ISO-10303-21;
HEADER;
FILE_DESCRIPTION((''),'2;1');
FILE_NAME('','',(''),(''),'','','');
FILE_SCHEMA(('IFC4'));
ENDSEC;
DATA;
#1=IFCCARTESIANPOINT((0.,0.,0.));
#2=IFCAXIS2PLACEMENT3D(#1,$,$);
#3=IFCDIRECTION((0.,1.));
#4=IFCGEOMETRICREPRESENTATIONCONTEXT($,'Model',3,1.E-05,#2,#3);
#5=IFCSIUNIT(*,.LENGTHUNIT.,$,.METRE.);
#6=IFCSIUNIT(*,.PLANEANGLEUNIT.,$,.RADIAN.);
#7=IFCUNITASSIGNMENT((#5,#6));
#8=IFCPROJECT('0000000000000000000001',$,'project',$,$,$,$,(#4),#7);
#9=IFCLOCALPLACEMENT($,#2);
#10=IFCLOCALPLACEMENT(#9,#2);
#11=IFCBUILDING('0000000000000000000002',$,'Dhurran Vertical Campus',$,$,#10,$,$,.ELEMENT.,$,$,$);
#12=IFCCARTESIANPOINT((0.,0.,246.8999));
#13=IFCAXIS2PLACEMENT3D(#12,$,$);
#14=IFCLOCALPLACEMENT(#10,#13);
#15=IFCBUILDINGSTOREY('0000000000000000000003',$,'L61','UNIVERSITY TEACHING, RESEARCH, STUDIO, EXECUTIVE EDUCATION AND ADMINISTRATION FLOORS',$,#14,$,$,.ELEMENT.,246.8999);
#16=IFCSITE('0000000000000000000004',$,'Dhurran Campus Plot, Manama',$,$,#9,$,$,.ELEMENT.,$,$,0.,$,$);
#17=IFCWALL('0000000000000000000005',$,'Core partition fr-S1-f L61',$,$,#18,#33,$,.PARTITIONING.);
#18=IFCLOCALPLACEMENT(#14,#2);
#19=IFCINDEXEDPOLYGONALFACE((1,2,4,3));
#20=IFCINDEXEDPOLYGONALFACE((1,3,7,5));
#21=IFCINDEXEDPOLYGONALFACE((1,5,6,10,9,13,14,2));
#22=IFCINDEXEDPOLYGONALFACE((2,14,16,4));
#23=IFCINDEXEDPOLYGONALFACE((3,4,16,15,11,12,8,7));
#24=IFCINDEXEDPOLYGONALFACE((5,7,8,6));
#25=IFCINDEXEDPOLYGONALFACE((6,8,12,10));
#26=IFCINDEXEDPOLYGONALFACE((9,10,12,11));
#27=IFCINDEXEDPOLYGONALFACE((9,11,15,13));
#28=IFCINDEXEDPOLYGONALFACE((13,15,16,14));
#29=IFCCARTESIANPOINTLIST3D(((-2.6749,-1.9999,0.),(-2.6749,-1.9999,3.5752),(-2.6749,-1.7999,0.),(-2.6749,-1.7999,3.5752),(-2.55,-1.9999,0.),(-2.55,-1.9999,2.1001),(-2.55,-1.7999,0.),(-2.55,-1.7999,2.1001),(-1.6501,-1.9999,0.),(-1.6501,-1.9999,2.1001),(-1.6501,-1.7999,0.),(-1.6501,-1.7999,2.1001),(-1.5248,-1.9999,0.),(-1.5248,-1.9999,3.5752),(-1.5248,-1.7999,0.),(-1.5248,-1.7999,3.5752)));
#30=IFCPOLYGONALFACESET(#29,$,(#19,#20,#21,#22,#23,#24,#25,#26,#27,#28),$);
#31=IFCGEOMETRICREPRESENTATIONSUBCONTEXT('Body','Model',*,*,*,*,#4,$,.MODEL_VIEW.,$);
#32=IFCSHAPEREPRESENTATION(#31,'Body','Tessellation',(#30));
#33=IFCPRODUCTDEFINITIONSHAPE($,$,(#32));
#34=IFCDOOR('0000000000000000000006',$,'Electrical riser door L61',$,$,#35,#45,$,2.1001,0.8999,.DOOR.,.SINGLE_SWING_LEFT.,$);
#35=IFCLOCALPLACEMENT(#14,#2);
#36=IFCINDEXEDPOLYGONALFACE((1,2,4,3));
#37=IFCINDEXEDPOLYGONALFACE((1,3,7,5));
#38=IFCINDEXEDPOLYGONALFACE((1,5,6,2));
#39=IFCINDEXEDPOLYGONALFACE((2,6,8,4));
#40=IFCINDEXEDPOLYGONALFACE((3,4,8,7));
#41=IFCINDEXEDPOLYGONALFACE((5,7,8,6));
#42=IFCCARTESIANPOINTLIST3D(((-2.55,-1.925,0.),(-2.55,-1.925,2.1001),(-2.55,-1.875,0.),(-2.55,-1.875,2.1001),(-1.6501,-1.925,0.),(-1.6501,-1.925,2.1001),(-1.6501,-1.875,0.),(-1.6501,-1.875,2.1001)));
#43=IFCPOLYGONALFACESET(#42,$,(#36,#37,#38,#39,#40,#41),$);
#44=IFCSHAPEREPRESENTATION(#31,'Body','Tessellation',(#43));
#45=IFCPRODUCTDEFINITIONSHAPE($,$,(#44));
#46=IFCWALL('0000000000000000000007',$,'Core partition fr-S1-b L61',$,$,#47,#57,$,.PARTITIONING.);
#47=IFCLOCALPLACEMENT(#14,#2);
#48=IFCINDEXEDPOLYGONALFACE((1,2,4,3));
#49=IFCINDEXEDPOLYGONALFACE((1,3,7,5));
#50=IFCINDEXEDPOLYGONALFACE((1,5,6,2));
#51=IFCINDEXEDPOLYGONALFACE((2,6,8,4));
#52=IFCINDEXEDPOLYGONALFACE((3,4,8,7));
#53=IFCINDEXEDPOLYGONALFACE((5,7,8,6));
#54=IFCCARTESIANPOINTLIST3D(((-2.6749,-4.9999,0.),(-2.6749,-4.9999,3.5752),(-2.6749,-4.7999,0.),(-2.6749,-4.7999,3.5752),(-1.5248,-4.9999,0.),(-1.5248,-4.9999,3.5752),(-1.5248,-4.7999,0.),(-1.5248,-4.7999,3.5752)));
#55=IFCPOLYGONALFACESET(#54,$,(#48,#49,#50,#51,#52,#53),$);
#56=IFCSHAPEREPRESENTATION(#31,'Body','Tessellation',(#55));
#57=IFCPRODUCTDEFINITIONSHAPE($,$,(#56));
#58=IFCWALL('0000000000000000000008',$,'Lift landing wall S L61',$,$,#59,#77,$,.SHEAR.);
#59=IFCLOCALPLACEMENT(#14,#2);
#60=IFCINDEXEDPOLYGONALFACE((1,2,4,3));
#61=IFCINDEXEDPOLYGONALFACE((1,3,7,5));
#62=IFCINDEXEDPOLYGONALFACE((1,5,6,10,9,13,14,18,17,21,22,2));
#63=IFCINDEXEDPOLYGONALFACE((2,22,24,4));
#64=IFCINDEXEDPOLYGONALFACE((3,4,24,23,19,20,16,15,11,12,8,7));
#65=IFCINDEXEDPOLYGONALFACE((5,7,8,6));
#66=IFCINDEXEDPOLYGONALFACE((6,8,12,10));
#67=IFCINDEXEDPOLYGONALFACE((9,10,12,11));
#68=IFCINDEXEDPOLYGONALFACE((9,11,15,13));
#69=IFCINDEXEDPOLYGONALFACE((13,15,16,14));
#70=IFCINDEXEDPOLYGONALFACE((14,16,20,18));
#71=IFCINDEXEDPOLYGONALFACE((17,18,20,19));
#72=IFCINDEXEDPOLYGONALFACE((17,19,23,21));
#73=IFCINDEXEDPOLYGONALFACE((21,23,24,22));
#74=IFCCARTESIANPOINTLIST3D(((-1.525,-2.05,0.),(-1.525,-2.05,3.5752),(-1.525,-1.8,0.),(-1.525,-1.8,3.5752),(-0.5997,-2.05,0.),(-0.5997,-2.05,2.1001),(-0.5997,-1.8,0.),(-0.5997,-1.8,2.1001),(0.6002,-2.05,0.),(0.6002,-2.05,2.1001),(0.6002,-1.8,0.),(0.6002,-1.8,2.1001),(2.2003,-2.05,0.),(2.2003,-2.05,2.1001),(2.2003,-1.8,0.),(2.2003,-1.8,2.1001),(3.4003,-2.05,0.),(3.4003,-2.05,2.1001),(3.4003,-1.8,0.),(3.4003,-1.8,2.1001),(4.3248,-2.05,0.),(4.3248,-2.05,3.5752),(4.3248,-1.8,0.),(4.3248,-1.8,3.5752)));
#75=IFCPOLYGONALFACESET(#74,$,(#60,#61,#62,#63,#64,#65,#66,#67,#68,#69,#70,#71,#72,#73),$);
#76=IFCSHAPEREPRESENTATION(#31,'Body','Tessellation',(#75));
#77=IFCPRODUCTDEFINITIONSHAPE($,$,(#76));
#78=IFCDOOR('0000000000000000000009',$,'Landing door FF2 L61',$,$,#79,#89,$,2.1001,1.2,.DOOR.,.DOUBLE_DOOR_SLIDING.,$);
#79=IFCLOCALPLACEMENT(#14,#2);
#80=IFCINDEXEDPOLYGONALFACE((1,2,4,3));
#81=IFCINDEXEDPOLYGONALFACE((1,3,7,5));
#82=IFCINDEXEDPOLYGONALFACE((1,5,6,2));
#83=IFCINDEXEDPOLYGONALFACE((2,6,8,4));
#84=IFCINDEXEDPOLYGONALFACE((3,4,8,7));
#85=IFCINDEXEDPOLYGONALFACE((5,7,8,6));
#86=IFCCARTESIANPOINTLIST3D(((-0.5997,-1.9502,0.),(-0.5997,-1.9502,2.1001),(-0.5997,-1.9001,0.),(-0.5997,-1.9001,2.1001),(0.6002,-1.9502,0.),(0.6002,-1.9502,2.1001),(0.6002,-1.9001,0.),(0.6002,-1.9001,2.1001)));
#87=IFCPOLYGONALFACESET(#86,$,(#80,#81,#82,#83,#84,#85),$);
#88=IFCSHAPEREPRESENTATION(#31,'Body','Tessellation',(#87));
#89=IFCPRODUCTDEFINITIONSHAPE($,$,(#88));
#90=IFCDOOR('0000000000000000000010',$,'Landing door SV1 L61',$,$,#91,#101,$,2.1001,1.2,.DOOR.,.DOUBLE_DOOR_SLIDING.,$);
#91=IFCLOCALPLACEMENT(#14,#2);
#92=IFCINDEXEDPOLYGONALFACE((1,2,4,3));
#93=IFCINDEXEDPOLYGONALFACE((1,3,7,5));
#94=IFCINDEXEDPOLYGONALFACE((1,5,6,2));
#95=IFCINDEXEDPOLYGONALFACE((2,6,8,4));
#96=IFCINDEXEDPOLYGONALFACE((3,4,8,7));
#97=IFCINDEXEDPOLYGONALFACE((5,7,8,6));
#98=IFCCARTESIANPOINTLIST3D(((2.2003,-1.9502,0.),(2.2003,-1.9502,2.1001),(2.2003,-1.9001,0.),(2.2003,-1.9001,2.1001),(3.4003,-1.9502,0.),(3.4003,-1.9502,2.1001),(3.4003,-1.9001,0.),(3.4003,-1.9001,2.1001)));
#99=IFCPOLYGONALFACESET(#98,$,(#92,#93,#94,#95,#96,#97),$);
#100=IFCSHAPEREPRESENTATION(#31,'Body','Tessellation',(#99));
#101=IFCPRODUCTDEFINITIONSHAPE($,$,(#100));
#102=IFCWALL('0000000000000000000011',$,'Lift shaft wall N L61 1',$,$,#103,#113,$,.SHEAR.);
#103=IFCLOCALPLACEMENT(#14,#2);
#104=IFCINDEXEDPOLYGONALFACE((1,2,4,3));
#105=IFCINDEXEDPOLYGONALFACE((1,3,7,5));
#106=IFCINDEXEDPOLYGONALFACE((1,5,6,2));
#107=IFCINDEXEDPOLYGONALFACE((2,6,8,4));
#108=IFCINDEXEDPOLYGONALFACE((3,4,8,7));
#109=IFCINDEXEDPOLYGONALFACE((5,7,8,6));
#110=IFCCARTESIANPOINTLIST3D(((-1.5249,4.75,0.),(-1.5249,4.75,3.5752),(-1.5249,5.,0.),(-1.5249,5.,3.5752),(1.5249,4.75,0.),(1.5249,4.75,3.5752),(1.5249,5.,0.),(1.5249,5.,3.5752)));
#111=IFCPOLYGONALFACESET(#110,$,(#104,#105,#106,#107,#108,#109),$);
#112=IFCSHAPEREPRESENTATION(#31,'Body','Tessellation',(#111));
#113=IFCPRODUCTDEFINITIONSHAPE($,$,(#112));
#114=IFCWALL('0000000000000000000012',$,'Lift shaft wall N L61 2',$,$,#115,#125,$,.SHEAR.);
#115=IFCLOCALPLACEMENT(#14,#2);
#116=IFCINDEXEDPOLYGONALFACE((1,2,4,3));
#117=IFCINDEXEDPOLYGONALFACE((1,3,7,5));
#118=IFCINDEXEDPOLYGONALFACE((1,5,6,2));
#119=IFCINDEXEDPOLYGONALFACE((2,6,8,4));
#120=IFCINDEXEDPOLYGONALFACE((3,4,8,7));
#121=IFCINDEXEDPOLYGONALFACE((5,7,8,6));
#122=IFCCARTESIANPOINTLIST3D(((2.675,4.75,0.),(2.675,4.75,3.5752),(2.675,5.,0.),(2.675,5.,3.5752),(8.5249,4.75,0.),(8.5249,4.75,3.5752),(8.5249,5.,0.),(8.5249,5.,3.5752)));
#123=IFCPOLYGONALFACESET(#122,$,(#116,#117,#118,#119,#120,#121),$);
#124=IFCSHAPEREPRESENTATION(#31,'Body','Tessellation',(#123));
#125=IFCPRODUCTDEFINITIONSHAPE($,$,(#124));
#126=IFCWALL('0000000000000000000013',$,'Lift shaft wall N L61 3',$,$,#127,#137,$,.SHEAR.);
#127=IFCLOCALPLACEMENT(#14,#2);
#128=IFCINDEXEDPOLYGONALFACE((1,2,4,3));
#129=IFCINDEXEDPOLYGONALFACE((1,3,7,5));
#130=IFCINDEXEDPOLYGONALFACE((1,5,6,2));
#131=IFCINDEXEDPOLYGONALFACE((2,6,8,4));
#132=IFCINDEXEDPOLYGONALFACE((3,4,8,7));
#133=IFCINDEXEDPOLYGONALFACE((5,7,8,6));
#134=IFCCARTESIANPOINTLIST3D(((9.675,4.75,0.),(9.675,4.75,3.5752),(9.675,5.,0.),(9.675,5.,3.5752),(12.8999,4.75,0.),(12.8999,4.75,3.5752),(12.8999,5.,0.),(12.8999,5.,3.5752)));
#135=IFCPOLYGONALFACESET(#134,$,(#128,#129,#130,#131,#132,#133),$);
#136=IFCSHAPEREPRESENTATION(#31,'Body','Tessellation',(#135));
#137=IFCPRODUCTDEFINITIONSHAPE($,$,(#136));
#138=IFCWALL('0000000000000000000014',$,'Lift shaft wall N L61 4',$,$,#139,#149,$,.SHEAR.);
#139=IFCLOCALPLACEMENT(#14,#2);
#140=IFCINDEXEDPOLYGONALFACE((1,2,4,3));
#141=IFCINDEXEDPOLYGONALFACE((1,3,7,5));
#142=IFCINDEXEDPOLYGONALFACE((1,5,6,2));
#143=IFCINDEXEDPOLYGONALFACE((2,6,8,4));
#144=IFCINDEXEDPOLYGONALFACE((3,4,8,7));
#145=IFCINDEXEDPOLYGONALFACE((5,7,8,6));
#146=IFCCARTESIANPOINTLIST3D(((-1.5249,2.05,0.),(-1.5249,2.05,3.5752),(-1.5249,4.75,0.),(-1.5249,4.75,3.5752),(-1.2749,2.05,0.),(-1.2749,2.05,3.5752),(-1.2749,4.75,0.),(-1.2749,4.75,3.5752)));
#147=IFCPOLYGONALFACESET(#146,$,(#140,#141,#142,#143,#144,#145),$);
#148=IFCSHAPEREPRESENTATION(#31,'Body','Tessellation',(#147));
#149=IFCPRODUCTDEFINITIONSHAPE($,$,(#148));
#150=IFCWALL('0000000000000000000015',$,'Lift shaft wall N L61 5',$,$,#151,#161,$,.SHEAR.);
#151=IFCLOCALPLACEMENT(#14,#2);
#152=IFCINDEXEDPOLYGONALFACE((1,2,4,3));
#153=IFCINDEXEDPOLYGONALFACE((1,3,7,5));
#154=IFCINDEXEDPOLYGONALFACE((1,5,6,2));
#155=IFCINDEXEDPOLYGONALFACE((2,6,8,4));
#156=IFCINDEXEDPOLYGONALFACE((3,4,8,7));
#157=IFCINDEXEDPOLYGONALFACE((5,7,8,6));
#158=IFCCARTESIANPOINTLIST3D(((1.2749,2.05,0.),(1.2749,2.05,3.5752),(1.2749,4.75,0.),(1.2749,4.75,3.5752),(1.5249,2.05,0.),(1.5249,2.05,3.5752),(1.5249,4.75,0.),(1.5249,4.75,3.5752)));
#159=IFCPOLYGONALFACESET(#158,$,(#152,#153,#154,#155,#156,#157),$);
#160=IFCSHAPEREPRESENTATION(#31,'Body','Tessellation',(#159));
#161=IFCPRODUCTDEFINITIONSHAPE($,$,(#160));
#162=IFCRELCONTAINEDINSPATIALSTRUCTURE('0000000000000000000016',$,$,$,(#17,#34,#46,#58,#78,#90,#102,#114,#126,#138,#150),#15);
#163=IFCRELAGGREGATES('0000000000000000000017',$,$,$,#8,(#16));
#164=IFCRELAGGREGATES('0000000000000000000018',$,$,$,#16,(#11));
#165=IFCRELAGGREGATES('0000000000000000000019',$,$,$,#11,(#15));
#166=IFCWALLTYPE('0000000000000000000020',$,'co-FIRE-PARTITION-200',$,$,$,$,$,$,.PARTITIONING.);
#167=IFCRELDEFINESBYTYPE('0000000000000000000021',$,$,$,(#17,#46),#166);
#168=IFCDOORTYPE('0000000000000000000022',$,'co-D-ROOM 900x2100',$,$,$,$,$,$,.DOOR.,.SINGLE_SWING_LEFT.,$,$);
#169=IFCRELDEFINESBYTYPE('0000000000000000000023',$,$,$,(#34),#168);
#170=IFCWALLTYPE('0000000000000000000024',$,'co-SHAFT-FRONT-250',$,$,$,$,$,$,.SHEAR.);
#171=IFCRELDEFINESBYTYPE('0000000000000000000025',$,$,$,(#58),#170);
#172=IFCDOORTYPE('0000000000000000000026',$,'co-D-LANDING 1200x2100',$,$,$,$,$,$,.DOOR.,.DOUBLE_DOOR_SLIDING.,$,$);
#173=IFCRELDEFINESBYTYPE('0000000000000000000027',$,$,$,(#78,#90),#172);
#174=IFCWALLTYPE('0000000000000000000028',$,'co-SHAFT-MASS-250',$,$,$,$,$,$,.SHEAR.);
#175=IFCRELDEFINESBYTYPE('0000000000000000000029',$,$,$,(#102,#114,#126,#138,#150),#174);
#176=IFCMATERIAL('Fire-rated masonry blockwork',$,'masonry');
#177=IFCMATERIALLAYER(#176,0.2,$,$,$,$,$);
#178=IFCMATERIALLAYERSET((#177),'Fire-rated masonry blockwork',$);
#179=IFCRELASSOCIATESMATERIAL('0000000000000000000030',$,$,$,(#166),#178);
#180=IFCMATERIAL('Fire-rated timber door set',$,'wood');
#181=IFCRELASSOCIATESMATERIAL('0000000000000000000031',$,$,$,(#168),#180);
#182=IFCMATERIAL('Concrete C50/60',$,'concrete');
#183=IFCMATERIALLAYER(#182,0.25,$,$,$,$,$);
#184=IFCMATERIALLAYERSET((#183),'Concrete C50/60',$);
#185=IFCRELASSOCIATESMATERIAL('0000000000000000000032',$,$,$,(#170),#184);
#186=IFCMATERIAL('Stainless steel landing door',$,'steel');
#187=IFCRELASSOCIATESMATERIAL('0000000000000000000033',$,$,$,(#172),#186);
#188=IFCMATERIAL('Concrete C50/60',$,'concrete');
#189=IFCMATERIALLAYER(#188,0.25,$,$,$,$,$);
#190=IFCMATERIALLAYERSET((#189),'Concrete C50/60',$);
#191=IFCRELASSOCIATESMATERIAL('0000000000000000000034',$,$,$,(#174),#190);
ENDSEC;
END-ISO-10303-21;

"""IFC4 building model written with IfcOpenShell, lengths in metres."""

from ifc_helpers import new_model, si_unit, direction, frame, frame_2d, origin, place, context, subcontext, project, spatial, polyline, rectangle, outline, extrude, material, layer, layer_set, type_object, element, fill, save


model = new_model("IFC4")

# Units and contexts
model_context = context("Model", 3, precision=1e-05, world=origin(), true_north=direction((0.0, 1.0)))
body_context = subcontext(model_context, "Body", "Model", "MODEL_VIEW")
ifc_project = project(units=[si_unit("LENGTHUNIT", "METRE"), si_unit("PLANEANGLEUNIT", "RADIAN")], contexts=[model_context])

# Site, building, storey
site_placement = place(None, origin())
site = spatial("IfcSite", under=ifc_project, at=site_placement, Name="Dhurran Campus Plot, Manama", CompositionType="ELEMENT", RefElevation=0.0)
building_placement = place(site_placement, origin())
building = spatial("IfcBuilding", under=site, at=building_placement, Name="Dhurran Vertical Campus", CompositionType="ELEMENT")
storey_placement = place(building_placement, frame((0.0, 0.0, 246.8999)))
storey = spatial("IfcBuildingStorey", under=building, at=storey_placement, Name="L61", Description="UNIVERSITY TEACHING, RESEARCH, STUDIO, EXECUTIVE EDUCATION AND ADMINISTRATION FLOORS", CompositionType="ELEMENT", Elevation=246.8999)

# Shared definitions
ifc_material_1 = material(Name="Fire-rated masonry blockwork", Category="masonry")
ifc_layer_1 = layer(ifc_material_1, 0.2)
ifc_layer_set_1 = layer_set([ifc_layer_1], Name="Fire-rated masonry blockwork")
wall_type_1 = type_object("IfcWallType", Name="co-FIRE-PARTITION-200", PredefinedType="PARTITIONING", material=ifc_layer_set_1)

# Wall, opening, door
wall_1_placement = place(storey_placement, frame((-2.675, -1.8999, 0.0), z_axis=(0.0, 0.0, 1.0), x_axis=(1.0, 0.0, 0.0)))
wall_1 = element("IfcWall", 1, at=wall_1_placement, inside=storey, type_object=wall_type_1, Name="Core partition fr-S1-f L61", PredefinedType="PARTITIONING", context=body_context, shape_type="SweptSolid", body=[
    extrude(rectangle(XDim=1.1501, YDim=0.2, at=frame_2d((0.5752, 0.0))), origin(), (0.0, 0.0, 1.0), 3.5752),
])
opening_1_placement = place(wall_1_placement, frame((0.125, 0.0, 0.0)))
opening_1 = element("IfcOpeningElement", 2, at=opening_1_placement, cuts=wall_1, PredefinedType="OPENING", context=body_context, shape_type="SweptSolid", body=[
    extrude(rectangle(XDim=0.8999, YDim=2.1001, at=frame_2d((0.45, 1.05))), frame((0.0, 0.1099, 0.0), z_axis=(0.0, -1.0, 0.0), x_axis=(1.0, 0.0, 0.0)), (0.0, 0.0, 1.0), 0.22),
])
ifc_material_2 = material(Name="Fire-rated timber door set", Category="wood")
door_type_1 = type_object("IfcDoorType", Name="co-D-ROOM 900x2100", OperationType="SINGLE_SWING_LEFT", PredefinedType="DOOR", material=ifc_material_2)
door_1_placement = place(opening_1_placement, origin())
door_1 = element("IfcDoor", 3, at=door_1_placement, inside=storey, type_object=door_type_1, Name="Electrical riser door L61", OperationType="SINGLE_SWING_LEFT", OverallHeight=2.1001, OverallWidth=0.8999, PredefinedType="DOOR", context=body_context, shape_type="SweptSolid", body=[
    extrude(rectangle(XDim=0.8999, YDim=2.1001, at=frame_2d((0.45, 1.05))), frame((0.0, 0.0249, 0.0), z_axis=(0.0, -1.0, 0.0), x_axis=(1.0, 0.0, 0.0)), (0.0, 0.0, 1.0), 0.05),
])
fill(opening_1, door_1)

# Wall
wall_2_placement = place(storey_placement, frame((-2.675, -4.8999, 0.0), z_axis=(0.0, 0.0, 1.0), x_axis=(1.0, 0.0, 0.0)))
element("IfcWall", 4, at=wall_2_placement, inside=storey, type_object=wall_type_1, Name="Core partition fr-S1-b L61", PredefinedType="PARTITIONING", context=body_context, shape_type="SweptSolid", body=[
    extrude(rectangle(XDim=1.1501, YDim=0.2, at=frame_2d((0.5752, 0.0))), origin(), (0.0, 0.0, 1.0), 3.5752),
])

# Wall, openings, doors
ifc_material_3 = material(Name="Concrete C50/60", Category="concrete")
ifc_layer_2 = layer(ifc_material_3, 0.25)
ifc_layer_set_2 = layer_set([ifc_layer_2], Name="Concrete C50/60")
wall_type_2 = type_object("IfcWallType", Name="co-SHAFT-FRONT-250", PredefinedType="SHEAR", material=ifc_layer_set_2)
wall_3_placement = place(storey_placement, frame((-1.5249, -1.925, 0.0), z_axis=(0.0, 0.0, 1.0), x_axis=(1.0, 0.0, 0.0)))
wall_3 = element("IfcWall", 5, at=wall_3_placement, inside=storey, type_object=wall_type_2, Name="Lift landing wall S L61", PredefinedType="SHEAR", context=body_context, shape_type="SweptSolid", body=[
    extrude(rectangle(XDim=5.8499, YDim=0.25, at=frame_2d((2.9248, 0.0))), origin(), (0.0, 0.0, 1.0), 3.5752),
])
opening_2_placement = place(wall_3_placement, frame((0.925, 0.0, 0.0)))
opening_2 = element("IfcOpeningElement", 6, at=opening_2_placement, cuts=wall_3, PredefinedType="OPENING", context=body_context, shape_type="SweptSolid", body=[
    extrude(rectangle(XDim=1.2, YDim=2.1001, at=frame_2d((0.6001, 1.05))), frame((0.0, 0.135, 0.0), z_axis=(0.0, -1.0, 0.0), x_axis=(1.0, 0.0, 0.0)), (0.0, 0.0, 1.0), 0.27),
])
opening_3_placement = place(wall_3_placement, frame((3.7251, 0.0, 0.0)))
opening_3 = element("IfcOpeningElement", 7, at=opening_3_placement, cuts=wall_3, PredefinedType="OPENING", context=body_context, shape_type="SweptSolid", body=[
    extrude(rectangle(XDim=1.2, YDim=2.1001, at=frame_2d((0.6001, 1.05))), frame((0.0, 0.135, 0.0), z_axis=(0.0, -1.0, 0.0), x_axis=(1.0, 0.0, 0.0)), (0.0, 0.0, 1.0), 0.27),
])
ifc_material_4 = material(Name="Stainless steel landing door", Category="steel")
door_type_2 = type_object("IfcDoorType", Name="co-D-LANDING 1200x2100", OperationType="DOUBLE_DOOR_SLIDING", PredefinedType="DOOR", material=ifc_material_4)
door_2_placement = place(opening_2_placement, origin())
door_2 = element("IfcDoor", 8, at=door_2_placement, inside=storey, type_object=door_type_2, Name="Landing door FF2 L61", OperationType="DOUBLE_DOOR_SLIDING", OverallHeight=2.1001, OverallWidth=1.2, PredefinedType="DOOR", context=body_context, shape_type="SweptSolid", body=[
    extrude(rectangle(XDim=1.2, YDim=2.1001, at=frame_2d((0.6001, 1.05))), frame((0.0, 0.0249, 0.0), z_axis=(0.0, -1.0, 0.0), x_axis=(1.0, 0.0, 0.0)), (0.0, 0.0, 1.0), 0.05),
])
fill(opening_2, door_2)
door_3_placement = place(opening_3_placement, origin())
door_3 = element("IfcDoor", 9, at=door_3_placement, inside=storey, type_object=door_type_2, Name="Landing door SV1 L61", OperationType="DOUBLE_DOOR_SLIDING", OverallHeight=2.1001, OverallWidth=1.2, PredefinedType="DOOR", context=body_context, shape_type="SweptSolid", body=[
    extrude(rectangle(XDim=1.2, YDim=2.1001, at=frame_2d((0.6001, 1.05))), frame((0.0, 0.0249, 0.0), z_axis=(0.0, -1.0, 0.0), x_axis=(1.0, 0.0, 0.0)), (0.0, 0.0, 1.0), 0.05),
])
fill(opening_3, door_3)

# Walls
ifc_material_5 = material(Name="Concrete C50/60", Category="concrete")
ifc_layer_3 = layer(ifc_material_5, 0.25)
ifc_layer_set_3 = layer_set([ifc_layer_3], Name="Concrete C50/60")
wall_type_3 = type_object("IfcWallType", Name="co-SHAFT-MASS-250", PredefinedType="SHEAR", material=ifc_layer_set_3)
wall_4_placement = place(storey_placement, origin())
element("IfcWall", 10, at=wall_4_placement, inside=storey, type_object=wall_type_3, Name="Lift shaft wall N L61 1", PredefinedType="SHEAR", context=body_context, shape_type="SweptSolid", body=[
    extrude(outline(polyline([(-1.5249, 4.75), (1.5249, 4.75), (1.5249, 5.0), (-1.5249, 5.0), (-1.5249, 4.75)])), origin(), (0.0, 0.0, 1.0), 3.5752),
])
wall_5_placement = place(storey_placement, origin())
element("IfcWall", 11, at=wall_5_placement, inside=storey, type_object=wall_type_3, Name="Lift shaft wall N L61 2", PredefinedType="SHEAR", context=body_context, shape_type="SweptSolid", body=[
    extrude(outline(polyline([(2.675, 4.75), (8.5249, 4.75), (8.5249, 5.0), (2.675, 5.0), (2.675, 4.75)])), origin(), (0.0, 0.0, 1.0), 3.5752),
])
wall_6_placement = place(storey_placement, origin())
element("IfcWall", 12, at=wall_6_placement, inside=storey, type_object=wall_type_3, Name="Lift shaft wall N L61 3", PredefinedType="SHEAR", context=body_context, shape_type="SweptSolid", body=[
    extrude(outline(polyline([(9.675, 4.75), (12.8999, 4.75), (12.8999, 5.0), (9.675, 5.0), (9.675, 4.75)])), origin(), (0.0, 0.0, 1.0), 3.5752),
])
wall_7_placement = place(storey_placement, origin())
element("IfcWall", 13, at=wall_7_placement, inside=storey, type_object=wall_type_3, Name="Lift shaft wall N L61 4", PredefinedType="SHEAR", context=body_context, shape_type="SweptSolid", body=[
    extrude(outline(polyline([(-1.5249, 2.05), (-1.2749, 2.05), (-1.2749, 4.75), (-1.5249, 4.75), (-1.5249, 2.05)])), origin(), (0.0, 0.0, 1.0), 3.5752),
])
wall_8_placement = place(storey_placement, origin())
element("IfcWall", 14, at=wall_8_placement, inside=storey, type_object=wall_type_3, Name="Lift shaft wall N L61 5", PredefinedType="SHEAR", context=body_context, shape_type="SweptSolid", body=[
    extrude(outline(polyline([(1.2749, 2.05), (1.5249, 2.05), (1.5249, 4.75), (1.2749, 4.75), (1.2749, 2.05)])), origin(), (0.0, 0.0, 1.0), 3.5752),
])

save(model, "model.ifc")
